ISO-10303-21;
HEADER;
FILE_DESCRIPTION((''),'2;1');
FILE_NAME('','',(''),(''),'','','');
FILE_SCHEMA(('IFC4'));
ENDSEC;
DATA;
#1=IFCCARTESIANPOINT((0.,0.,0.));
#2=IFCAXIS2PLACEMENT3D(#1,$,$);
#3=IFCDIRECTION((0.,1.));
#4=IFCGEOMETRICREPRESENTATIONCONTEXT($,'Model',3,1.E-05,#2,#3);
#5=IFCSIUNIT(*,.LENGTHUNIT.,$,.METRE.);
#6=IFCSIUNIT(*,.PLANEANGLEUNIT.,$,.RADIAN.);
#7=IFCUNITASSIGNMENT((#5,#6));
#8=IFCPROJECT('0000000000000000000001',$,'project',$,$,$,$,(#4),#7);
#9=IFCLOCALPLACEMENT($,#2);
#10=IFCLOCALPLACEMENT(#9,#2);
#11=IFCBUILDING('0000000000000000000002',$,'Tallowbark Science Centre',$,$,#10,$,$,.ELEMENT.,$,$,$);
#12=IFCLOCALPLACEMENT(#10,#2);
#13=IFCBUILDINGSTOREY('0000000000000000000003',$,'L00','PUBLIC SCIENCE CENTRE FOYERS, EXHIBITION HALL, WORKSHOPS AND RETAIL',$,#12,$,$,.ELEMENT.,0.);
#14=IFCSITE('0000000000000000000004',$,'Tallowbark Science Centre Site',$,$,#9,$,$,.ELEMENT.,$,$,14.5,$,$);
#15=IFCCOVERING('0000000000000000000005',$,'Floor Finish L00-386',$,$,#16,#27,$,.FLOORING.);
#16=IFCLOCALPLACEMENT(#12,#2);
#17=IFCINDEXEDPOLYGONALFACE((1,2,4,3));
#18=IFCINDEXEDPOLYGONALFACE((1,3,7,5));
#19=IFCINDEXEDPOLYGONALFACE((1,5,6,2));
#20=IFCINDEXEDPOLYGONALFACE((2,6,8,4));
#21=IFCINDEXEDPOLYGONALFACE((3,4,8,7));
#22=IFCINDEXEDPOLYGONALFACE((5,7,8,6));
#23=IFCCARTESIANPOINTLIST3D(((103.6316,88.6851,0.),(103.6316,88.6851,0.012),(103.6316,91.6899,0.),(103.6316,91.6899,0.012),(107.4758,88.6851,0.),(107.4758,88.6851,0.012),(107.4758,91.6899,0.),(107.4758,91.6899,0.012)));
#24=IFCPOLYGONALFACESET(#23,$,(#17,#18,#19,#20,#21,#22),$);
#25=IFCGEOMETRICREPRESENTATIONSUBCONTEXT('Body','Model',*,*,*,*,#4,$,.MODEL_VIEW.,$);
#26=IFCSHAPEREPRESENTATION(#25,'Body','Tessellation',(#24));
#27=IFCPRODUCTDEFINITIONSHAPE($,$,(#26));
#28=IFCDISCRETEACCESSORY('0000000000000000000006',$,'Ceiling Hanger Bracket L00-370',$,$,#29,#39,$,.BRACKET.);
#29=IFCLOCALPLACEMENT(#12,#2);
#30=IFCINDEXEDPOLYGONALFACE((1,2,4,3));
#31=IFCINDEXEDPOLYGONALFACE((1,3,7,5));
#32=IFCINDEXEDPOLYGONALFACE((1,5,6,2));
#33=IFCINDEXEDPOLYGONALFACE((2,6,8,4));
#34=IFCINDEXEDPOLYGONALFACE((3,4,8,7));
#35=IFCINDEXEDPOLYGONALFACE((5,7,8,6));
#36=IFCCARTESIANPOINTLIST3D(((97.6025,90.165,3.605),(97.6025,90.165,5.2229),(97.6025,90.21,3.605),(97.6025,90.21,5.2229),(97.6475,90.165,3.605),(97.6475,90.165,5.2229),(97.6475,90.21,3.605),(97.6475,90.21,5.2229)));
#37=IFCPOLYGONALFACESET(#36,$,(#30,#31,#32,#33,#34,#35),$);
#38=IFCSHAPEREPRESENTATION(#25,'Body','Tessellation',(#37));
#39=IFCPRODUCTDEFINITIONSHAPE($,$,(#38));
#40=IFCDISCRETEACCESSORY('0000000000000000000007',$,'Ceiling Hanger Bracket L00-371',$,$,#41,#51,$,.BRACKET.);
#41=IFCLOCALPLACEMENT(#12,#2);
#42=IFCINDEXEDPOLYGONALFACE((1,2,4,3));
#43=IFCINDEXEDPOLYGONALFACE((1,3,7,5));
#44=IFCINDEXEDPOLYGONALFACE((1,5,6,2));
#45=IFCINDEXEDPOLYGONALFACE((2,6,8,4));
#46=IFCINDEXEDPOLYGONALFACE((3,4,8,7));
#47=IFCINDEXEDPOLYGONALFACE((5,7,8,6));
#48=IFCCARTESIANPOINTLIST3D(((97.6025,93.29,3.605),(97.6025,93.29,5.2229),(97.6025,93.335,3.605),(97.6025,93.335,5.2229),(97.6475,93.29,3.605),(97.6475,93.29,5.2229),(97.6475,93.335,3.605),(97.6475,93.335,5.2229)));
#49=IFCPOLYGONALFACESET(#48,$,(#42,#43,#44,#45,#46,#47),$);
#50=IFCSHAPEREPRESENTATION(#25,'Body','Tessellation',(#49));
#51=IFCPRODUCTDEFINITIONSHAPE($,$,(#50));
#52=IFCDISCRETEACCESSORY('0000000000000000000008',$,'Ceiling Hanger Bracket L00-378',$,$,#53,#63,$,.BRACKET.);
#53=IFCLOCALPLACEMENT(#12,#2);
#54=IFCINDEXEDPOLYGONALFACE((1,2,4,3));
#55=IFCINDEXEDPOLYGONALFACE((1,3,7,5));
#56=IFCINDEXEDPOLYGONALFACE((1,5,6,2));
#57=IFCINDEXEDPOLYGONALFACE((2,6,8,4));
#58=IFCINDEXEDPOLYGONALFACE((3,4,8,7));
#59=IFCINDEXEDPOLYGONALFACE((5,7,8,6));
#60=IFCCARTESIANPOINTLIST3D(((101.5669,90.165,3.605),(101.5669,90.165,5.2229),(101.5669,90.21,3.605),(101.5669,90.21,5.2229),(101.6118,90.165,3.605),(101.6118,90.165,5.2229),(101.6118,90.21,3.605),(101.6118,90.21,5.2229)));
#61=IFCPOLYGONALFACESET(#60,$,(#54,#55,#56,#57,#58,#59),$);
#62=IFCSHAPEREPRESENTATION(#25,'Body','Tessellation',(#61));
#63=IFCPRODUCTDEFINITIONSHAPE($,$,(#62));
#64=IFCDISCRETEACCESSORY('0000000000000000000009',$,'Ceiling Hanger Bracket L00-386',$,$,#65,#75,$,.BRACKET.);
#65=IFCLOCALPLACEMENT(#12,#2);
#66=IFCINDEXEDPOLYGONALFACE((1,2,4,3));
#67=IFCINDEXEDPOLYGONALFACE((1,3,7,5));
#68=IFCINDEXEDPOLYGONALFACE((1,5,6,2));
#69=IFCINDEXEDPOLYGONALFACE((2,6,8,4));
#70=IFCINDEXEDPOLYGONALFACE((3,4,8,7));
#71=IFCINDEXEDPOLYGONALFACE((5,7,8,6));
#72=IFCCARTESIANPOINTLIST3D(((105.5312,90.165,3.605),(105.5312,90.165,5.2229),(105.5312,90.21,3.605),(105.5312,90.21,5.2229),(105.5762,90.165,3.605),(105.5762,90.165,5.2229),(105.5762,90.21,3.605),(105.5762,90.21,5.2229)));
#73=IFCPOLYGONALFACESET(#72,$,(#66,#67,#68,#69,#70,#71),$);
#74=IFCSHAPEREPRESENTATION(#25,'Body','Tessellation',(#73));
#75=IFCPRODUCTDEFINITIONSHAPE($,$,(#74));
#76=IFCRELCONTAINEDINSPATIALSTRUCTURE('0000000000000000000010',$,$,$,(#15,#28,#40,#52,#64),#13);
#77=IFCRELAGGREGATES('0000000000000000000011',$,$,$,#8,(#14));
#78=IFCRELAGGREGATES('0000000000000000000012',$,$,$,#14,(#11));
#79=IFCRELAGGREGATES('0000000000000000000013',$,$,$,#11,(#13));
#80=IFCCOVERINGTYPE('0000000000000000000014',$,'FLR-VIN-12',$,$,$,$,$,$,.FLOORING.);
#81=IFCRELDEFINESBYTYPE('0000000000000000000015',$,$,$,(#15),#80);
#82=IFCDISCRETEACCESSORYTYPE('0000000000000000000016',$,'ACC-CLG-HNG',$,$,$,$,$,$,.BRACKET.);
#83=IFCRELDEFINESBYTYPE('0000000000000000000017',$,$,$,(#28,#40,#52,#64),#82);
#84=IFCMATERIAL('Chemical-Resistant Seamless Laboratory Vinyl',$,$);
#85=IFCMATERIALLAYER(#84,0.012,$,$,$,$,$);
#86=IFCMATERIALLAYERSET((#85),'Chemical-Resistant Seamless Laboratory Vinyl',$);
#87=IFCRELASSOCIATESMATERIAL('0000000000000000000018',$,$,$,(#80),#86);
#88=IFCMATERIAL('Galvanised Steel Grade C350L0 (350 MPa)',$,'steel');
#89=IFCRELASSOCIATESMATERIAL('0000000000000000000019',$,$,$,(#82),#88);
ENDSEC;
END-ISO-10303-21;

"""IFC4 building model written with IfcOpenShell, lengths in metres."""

from ifc_helpers import new_model, si_unit, direction, frame, origin, origin_2d, place, context, subcontext, project, spatial, rectangle, extrude, material, layer, layer_set, type_object, element, save


model = new_model("IFC4")

# Units and contexts
model_context = context("Model", 3, precision=1e-05, world=origin(), true_north=direction((0.0, 1.0)))
body_context = subcontext(model_context, "Body", "Model", "MODEL_VIEW")
ifc_project = project(units=[si_unit("LENGTHUNIT", "METRE"), si_unit("PLANEANGLEUNIT", "RADIAN")], contexts=[model_context])

# Site, building, storey
site_placement = place(None, origin())
site = spatial("IfcSite", under=ifc_project, at=site_placement, Name="Tallowbark Science Centre Site", CompositionType="ELEMENT", RefElevation=14.5)
building_placement = place(site_placement, origin())
building = spatial("IfcBuilding", under=site, at=building_placement, Name="Tallowbark Science Centre", CompositionType="ELEMENT")
storey_placement = place(building_placement, origin())
storey = spatial("IfcBuildingStorey", under=building, at=storey_placement, Name="L00", Description="PUBLIC SCIENCE CENTRE FOYERS, EXHIBITION HALL, WORKSHOPS AND RETAIL", CompositionType="ELEMENT", Elevation=0.0)

# Covering
ifc_material_1 = material(Name="Chemical-Resistant Seamless Laboratory Vinyl")
ifc_layer_1 = layer(ifc_material_1, 0.012)
ifc_layer_set_1 = layer_set([ifc_layer_1], Name="Chemical-Resistant Seamless Laboratory Vinyl")
covering_type_1 = type_object("IfcCoveringType", Name="FLR-VIN-12", PredefinedType="FLOORING", material=ifc_layer_set_1)
for number, where, z_axis, x_axis, name in (
    (1, (105.5537, 90.1875, 0.0), (0.0, 0.0, 1.0), (1.0, 0.0, 0.0), "Floor Finish L00-386"),
):
    element("IfcCovering", number, at=place(storey_placement, frame(where, z_axis=z_axis, x_axis=x_axis)), inside=storey, type_object=covering_type_1, Name=name, PredefinedType="FLOORING", context=body_context, shape_type="SweptSolid", body=[
        extrude(rectangle(XDim=3.8442, YDim=3.0049, at=origin_2d()), origin(), (0.0, 0.0, 1.0), 0.012),
    ])

# Discrete accessories
ifc_material_2 = material(Name="Galvanised Steel Grade C350L0 (350 MPa)", Category="steel")
discrete_accessory_type = type_object("IfcDiscreteAccessoryType", Name="ACC-CLG-HNG", PredefinedType="BRACKET", material=ifc_material_2)
for number, where, z_axis, x_axis, name in (
    (2, (97.625, 90.1875, 3.605), (0.0, 0.0, 1.0), (1.0, 0.0, 0.0), "Ceiling Hanger Bracket L00-370"),
    (3, (97.625, 93.3125, 3.605), (0.0, 0.0, 1.0), (1.0, 0.0, 0.0), "Ceiling Hanger Bracket L00-371"),
    (4, (101.5894, 90.1875, 3.605), (0.0, 0.0, 1.0), (1.0, 0.0, 0.0), "Ceiling Hanger Bracket L00-378"),
    (5, (105.5537, 90.1875, 3.605), (0.0, 0.0, 1.0), (1.0, 0.0, 0.0), "Ceiling Hanger Bracket L00-386"),
):
    element("IfcDiscreteAccessory", number, at=place(storey_placement, frame(where, z_axis=z_axis, x_axis=x_axis)), inside=storey, type_object=discrete_accessory_type, Name=name, PredefinedType="BRACKET", context=body_context, shape_type="SweptSolid", body=[
        extrude(rectangle(XDim=0.0449, YDim=0.0449, at=origin_2d()), origin(), (0.0, 0.0, 1.0), 1.6179),
    ])

save(model, "model.ifc")
